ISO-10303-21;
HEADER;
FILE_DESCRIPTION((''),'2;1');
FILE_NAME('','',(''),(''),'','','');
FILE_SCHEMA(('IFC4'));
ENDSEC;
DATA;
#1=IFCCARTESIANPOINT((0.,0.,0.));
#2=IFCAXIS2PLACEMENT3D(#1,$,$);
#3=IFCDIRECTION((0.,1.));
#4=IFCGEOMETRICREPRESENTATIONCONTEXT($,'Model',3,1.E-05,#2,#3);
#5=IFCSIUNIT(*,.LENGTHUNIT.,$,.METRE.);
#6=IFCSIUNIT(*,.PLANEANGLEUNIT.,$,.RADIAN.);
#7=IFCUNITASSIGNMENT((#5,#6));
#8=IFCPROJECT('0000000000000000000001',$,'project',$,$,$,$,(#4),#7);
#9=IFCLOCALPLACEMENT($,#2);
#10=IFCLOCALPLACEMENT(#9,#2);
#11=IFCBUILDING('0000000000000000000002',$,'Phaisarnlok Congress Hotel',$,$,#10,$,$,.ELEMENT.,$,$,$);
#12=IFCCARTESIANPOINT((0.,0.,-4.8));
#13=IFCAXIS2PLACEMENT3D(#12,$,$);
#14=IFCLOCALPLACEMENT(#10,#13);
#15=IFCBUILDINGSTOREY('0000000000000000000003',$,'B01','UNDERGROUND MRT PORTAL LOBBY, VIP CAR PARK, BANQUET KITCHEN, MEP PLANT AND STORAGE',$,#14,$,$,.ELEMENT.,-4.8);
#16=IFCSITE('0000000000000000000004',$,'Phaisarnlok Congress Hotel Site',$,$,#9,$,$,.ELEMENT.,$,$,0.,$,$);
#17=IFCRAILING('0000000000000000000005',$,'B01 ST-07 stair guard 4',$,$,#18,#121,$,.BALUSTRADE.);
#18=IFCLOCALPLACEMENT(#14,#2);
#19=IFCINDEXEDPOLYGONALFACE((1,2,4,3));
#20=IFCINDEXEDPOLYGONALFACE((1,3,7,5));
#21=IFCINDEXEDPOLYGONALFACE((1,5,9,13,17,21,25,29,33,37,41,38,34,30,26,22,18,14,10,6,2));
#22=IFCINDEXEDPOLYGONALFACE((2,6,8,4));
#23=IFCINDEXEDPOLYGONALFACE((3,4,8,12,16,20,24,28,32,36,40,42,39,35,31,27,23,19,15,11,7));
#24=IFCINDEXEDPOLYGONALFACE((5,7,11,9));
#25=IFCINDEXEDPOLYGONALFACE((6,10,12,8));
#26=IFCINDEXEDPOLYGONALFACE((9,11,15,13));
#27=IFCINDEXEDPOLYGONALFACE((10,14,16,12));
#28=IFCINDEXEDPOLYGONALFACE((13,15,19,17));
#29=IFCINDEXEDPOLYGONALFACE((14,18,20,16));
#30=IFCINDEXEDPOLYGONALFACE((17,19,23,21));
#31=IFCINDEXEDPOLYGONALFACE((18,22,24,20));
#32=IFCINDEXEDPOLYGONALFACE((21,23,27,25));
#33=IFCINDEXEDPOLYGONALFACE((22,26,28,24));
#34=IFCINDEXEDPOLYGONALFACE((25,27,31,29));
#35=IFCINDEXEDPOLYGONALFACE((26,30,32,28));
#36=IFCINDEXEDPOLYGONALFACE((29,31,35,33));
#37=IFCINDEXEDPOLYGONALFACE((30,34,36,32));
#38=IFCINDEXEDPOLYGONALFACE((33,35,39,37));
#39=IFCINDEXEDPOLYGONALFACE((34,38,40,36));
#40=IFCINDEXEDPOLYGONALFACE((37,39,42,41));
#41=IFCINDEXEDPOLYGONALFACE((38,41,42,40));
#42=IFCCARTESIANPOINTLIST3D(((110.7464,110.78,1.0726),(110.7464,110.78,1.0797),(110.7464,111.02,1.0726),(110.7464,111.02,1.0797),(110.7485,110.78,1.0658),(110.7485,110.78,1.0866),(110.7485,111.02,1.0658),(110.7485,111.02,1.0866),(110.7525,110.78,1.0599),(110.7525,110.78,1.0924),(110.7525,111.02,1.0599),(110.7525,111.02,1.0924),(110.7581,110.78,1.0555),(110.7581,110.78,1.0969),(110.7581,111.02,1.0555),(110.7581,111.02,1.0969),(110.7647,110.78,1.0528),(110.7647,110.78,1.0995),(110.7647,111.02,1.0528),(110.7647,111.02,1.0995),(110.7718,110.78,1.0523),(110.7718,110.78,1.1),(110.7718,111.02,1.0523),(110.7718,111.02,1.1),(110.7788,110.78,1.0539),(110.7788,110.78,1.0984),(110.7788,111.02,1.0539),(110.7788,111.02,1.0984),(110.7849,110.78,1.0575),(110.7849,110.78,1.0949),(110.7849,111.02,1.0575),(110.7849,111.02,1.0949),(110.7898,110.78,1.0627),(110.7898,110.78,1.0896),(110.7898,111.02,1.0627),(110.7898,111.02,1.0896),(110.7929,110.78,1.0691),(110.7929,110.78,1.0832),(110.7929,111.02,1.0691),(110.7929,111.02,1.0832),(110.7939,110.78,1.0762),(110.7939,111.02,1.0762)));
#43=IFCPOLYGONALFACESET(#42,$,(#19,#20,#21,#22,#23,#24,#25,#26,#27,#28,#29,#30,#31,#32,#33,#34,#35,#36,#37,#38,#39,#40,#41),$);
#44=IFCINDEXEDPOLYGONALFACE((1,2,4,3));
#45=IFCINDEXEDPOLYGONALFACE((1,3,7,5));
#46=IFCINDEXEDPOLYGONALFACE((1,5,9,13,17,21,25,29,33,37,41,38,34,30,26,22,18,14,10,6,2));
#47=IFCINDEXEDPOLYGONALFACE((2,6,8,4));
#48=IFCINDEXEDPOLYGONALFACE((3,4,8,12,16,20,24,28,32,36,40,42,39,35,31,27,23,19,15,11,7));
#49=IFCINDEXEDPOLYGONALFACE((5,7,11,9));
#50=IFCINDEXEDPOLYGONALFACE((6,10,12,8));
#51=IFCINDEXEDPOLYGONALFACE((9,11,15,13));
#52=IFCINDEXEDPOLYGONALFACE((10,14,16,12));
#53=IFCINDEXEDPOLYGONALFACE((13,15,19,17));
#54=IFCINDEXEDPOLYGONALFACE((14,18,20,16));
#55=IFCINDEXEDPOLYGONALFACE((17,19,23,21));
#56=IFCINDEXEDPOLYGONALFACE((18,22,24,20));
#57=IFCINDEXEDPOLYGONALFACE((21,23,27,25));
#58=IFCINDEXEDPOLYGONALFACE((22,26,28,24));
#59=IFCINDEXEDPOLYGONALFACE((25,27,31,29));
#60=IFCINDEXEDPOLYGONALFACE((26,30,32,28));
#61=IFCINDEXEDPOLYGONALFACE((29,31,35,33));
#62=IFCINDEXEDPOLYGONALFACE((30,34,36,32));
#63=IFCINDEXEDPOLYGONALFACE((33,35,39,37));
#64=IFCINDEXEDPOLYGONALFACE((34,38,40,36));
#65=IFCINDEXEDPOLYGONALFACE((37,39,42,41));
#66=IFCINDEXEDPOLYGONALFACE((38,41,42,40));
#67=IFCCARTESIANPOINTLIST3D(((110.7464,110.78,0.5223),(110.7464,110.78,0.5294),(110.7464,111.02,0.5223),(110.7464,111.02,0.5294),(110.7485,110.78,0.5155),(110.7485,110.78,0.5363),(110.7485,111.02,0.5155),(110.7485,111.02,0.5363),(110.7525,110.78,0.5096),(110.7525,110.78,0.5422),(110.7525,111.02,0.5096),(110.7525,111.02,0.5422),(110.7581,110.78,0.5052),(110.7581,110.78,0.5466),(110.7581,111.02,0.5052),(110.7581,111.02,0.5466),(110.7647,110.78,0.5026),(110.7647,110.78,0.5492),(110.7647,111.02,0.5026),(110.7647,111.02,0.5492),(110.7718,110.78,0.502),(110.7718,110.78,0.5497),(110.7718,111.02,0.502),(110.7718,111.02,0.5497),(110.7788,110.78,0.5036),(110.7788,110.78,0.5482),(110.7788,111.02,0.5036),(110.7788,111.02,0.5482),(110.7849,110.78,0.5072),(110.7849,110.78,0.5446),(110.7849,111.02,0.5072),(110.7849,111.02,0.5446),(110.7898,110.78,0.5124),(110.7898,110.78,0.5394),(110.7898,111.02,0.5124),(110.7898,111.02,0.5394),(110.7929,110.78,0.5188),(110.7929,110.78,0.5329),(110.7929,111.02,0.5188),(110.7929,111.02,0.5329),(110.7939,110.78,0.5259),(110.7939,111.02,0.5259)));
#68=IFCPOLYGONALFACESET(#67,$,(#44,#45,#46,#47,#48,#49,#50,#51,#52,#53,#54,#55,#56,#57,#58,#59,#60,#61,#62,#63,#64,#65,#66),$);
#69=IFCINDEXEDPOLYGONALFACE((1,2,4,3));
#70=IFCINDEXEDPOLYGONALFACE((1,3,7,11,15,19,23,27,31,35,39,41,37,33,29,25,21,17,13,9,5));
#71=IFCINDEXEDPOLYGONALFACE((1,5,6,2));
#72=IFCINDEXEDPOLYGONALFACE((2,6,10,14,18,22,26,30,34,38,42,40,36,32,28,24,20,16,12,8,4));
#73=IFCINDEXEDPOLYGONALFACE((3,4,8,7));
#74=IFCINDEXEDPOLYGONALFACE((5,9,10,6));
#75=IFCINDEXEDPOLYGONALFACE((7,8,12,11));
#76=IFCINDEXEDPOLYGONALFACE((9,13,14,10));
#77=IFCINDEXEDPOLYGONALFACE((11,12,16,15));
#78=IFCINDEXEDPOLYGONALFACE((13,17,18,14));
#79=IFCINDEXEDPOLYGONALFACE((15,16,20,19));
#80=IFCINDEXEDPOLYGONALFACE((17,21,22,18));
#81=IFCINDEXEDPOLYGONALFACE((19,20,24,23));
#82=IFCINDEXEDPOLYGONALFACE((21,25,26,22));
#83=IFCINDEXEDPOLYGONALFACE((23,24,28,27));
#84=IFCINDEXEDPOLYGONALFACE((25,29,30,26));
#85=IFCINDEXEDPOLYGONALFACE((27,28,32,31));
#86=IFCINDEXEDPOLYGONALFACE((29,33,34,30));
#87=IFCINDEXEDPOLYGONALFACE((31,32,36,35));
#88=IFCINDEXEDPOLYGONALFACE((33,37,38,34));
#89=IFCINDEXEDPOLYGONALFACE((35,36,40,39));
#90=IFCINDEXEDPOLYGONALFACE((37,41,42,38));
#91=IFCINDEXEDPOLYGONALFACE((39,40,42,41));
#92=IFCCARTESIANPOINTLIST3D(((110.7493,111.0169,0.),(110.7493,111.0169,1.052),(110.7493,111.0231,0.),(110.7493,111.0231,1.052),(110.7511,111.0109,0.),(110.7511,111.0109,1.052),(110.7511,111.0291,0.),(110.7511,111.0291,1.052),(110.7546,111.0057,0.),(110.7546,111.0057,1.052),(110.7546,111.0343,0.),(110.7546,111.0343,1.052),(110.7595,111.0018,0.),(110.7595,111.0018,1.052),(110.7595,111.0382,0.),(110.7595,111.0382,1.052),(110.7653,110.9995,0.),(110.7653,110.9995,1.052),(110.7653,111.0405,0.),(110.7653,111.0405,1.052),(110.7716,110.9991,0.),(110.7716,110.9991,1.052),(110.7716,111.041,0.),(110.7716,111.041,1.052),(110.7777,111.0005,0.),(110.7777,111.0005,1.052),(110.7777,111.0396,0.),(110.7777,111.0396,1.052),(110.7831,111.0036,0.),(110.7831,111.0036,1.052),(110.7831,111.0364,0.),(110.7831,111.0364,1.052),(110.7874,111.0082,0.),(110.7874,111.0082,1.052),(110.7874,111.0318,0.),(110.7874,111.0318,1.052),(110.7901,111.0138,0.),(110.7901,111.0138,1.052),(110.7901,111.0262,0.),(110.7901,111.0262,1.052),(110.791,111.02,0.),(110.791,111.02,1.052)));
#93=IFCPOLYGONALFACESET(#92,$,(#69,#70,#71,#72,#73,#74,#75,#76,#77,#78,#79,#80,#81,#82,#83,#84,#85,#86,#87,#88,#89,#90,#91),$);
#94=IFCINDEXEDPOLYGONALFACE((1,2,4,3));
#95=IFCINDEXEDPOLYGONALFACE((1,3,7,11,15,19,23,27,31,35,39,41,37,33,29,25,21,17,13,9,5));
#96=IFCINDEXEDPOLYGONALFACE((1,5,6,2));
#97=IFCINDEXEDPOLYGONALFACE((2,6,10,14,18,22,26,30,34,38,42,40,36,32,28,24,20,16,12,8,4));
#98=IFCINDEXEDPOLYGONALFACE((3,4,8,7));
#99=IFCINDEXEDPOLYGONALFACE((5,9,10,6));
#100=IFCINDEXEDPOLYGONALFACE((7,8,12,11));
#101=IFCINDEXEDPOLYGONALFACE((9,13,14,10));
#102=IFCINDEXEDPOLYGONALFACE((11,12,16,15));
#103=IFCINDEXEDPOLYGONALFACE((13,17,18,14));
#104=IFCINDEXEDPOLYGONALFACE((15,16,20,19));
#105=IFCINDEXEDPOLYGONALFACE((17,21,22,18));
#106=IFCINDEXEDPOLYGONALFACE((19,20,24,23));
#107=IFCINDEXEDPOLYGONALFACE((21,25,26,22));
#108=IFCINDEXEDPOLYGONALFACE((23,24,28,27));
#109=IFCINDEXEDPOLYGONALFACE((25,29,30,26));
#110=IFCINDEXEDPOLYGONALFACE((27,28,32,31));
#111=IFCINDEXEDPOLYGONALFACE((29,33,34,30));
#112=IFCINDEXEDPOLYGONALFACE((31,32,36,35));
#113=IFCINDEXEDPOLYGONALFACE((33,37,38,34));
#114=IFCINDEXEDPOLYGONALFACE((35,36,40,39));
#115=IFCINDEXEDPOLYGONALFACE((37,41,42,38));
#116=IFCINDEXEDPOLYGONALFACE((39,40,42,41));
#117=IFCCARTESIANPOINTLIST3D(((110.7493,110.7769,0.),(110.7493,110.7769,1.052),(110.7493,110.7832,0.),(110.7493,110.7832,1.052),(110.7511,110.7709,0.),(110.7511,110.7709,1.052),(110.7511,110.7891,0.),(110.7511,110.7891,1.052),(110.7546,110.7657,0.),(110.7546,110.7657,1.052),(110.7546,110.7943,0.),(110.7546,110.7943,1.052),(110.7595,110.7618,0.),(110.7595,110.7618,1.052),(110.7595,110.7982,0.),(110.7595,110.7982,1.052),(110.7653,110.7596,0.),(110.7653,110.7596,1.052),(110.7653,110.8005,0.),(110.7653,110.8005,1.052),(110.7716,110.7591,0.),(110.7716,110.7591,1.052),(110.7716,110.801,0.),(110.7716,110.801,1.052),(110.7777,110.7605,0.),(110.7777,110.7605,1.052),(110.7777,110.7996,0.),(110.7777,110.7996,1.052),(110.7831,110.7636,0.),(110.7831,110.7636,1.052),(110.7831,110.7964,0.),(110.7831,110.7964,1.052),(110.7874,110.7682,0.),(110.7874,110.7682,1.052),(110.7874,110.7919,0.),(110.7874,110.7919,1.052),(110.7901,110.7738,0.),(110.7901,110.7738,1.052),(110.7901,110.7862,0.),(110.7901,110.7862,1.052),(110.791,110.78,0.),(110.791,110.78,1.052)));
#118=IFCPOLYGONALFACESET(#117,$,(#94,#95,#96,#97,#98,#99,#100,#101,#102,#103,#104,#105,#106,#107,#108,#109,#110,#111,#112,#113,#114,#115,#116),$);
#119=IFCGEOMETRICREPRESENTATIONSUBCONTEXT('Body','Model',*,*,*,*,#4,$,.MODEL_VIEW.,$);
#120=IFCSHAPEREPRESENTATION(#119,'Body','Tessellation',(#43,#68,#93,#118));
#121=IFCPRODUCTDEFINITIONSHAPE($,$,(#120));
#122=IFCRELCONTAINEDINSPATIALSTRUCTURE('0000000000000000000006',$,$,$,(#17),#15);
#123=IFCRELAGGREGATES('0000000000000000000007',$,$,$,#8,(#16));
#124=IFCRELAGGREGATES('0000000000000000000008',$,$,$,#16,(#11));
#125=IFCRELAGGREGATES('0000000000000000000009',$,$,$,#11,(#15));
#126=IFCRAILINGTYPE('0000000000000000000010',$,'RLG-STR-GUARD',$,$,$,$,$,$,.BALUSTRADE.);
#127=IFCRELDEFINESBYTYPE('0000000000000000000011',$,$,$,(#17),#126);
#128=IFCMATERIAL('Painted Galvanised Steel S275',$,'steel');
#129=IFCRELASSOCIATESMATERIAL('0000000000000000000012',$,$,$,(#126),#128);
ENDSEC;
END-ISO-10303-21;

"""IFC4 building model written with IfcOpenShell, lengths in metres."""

from ifc_helpers import new_model, si_unit, direction, frame, origin, origin_2d, place, context, subcontext, project, spatial, circle, extrude, material, type_object, element, save


model = new_model("IFC4")

# Units and contexts
model_context = context("Model", 3, precision=1e-05, world=origin(), true_north=direction((0.0, 1.0)))
body_context = subcontext(model_context, "Body", "Model", "MODEL_VIEW")
ifc_project = project(units=[si_unit("LENGTHUNIT", "METRE"), si_unit("PLANEANGLEUNIT", "RADIAN")], contexts=[model_context])

# Site, building, storey
site_placement = place(None, origin())
site = spatial("IfcSite", under=ifc_project, at=site_placement, Name="Phaisarnlok Congress Hotel Site", CompositionType="ELEMENT", RefElevation=0.0)
building_placement = place(site_placement, origin())
building = spatial("IfcBuilding", under=site, at=building_placement, Name="Phaisarnlok Congress Hotel", CompositionType="ELEMENT")
storey_placement = place(building_placement, frame((0.0, 0.0, -4.8)))
storey = spatial("IfcBuildingStorey", under=building, at=storey_placement, Name="B01", Description="UNDERGROUND MRT PORTAL LOBBY, VIP CAR PARK, BANQUET KITCHEN, MEP PLANT AND STORAGE", CompositionType="ELEMENT", Elevation=-4.8)

# Railing
ifc_material_1 = material(Name="Painted Galvanised Steel S275", Category="steel")
railing_type_1 = type_object("IfcRailingType", Name="RLG-STR-GUARD", PredefinedType="BALUSTRADE", material=ifc_material_1)
railing_1_placement = place(storey_placement, frame((110.77, 111.02, 0.0)))
element("IfcRailing", 1, at=railing_1_placement, inside=storey, type_object=railing_type_1, Name="B01 ST-07 stair guard 4", PredefinedType="BALUSTRADE", context=body_context, shape_type="SweptSolid", body=[
    extrude(circle(Radius=0.0239, at=origin_2d()), frame((0.0, 0.0, 1.0762), z_axis=(0.0, -1.0, 0.0), x_axis=(1.0, 0.0, 0.0)), (0.0, 0.0, 1.0), 0.24),
    extrude(circle(Radius=0.0239, at=origin_2d()), frame((0.0, 0.0, 0.5259), z_axis=(0.0, -1.0, 0.0), x_axis=(1.0, 0.0, 0.0)), (0.0, 0.0, 1.0), 0.24),
    extrude(circle(Radius=0.021, at=origin_2d()), origin(), (0.0, 0.0, 1.0), 1.052),
    extrude(circle(Radius=0.021, at=origin_2d()), frame((0.0, -0.24, 0.0)), (0.0, 0.0, 1.0), 1.052),
])

save(model, "model.ifc")
